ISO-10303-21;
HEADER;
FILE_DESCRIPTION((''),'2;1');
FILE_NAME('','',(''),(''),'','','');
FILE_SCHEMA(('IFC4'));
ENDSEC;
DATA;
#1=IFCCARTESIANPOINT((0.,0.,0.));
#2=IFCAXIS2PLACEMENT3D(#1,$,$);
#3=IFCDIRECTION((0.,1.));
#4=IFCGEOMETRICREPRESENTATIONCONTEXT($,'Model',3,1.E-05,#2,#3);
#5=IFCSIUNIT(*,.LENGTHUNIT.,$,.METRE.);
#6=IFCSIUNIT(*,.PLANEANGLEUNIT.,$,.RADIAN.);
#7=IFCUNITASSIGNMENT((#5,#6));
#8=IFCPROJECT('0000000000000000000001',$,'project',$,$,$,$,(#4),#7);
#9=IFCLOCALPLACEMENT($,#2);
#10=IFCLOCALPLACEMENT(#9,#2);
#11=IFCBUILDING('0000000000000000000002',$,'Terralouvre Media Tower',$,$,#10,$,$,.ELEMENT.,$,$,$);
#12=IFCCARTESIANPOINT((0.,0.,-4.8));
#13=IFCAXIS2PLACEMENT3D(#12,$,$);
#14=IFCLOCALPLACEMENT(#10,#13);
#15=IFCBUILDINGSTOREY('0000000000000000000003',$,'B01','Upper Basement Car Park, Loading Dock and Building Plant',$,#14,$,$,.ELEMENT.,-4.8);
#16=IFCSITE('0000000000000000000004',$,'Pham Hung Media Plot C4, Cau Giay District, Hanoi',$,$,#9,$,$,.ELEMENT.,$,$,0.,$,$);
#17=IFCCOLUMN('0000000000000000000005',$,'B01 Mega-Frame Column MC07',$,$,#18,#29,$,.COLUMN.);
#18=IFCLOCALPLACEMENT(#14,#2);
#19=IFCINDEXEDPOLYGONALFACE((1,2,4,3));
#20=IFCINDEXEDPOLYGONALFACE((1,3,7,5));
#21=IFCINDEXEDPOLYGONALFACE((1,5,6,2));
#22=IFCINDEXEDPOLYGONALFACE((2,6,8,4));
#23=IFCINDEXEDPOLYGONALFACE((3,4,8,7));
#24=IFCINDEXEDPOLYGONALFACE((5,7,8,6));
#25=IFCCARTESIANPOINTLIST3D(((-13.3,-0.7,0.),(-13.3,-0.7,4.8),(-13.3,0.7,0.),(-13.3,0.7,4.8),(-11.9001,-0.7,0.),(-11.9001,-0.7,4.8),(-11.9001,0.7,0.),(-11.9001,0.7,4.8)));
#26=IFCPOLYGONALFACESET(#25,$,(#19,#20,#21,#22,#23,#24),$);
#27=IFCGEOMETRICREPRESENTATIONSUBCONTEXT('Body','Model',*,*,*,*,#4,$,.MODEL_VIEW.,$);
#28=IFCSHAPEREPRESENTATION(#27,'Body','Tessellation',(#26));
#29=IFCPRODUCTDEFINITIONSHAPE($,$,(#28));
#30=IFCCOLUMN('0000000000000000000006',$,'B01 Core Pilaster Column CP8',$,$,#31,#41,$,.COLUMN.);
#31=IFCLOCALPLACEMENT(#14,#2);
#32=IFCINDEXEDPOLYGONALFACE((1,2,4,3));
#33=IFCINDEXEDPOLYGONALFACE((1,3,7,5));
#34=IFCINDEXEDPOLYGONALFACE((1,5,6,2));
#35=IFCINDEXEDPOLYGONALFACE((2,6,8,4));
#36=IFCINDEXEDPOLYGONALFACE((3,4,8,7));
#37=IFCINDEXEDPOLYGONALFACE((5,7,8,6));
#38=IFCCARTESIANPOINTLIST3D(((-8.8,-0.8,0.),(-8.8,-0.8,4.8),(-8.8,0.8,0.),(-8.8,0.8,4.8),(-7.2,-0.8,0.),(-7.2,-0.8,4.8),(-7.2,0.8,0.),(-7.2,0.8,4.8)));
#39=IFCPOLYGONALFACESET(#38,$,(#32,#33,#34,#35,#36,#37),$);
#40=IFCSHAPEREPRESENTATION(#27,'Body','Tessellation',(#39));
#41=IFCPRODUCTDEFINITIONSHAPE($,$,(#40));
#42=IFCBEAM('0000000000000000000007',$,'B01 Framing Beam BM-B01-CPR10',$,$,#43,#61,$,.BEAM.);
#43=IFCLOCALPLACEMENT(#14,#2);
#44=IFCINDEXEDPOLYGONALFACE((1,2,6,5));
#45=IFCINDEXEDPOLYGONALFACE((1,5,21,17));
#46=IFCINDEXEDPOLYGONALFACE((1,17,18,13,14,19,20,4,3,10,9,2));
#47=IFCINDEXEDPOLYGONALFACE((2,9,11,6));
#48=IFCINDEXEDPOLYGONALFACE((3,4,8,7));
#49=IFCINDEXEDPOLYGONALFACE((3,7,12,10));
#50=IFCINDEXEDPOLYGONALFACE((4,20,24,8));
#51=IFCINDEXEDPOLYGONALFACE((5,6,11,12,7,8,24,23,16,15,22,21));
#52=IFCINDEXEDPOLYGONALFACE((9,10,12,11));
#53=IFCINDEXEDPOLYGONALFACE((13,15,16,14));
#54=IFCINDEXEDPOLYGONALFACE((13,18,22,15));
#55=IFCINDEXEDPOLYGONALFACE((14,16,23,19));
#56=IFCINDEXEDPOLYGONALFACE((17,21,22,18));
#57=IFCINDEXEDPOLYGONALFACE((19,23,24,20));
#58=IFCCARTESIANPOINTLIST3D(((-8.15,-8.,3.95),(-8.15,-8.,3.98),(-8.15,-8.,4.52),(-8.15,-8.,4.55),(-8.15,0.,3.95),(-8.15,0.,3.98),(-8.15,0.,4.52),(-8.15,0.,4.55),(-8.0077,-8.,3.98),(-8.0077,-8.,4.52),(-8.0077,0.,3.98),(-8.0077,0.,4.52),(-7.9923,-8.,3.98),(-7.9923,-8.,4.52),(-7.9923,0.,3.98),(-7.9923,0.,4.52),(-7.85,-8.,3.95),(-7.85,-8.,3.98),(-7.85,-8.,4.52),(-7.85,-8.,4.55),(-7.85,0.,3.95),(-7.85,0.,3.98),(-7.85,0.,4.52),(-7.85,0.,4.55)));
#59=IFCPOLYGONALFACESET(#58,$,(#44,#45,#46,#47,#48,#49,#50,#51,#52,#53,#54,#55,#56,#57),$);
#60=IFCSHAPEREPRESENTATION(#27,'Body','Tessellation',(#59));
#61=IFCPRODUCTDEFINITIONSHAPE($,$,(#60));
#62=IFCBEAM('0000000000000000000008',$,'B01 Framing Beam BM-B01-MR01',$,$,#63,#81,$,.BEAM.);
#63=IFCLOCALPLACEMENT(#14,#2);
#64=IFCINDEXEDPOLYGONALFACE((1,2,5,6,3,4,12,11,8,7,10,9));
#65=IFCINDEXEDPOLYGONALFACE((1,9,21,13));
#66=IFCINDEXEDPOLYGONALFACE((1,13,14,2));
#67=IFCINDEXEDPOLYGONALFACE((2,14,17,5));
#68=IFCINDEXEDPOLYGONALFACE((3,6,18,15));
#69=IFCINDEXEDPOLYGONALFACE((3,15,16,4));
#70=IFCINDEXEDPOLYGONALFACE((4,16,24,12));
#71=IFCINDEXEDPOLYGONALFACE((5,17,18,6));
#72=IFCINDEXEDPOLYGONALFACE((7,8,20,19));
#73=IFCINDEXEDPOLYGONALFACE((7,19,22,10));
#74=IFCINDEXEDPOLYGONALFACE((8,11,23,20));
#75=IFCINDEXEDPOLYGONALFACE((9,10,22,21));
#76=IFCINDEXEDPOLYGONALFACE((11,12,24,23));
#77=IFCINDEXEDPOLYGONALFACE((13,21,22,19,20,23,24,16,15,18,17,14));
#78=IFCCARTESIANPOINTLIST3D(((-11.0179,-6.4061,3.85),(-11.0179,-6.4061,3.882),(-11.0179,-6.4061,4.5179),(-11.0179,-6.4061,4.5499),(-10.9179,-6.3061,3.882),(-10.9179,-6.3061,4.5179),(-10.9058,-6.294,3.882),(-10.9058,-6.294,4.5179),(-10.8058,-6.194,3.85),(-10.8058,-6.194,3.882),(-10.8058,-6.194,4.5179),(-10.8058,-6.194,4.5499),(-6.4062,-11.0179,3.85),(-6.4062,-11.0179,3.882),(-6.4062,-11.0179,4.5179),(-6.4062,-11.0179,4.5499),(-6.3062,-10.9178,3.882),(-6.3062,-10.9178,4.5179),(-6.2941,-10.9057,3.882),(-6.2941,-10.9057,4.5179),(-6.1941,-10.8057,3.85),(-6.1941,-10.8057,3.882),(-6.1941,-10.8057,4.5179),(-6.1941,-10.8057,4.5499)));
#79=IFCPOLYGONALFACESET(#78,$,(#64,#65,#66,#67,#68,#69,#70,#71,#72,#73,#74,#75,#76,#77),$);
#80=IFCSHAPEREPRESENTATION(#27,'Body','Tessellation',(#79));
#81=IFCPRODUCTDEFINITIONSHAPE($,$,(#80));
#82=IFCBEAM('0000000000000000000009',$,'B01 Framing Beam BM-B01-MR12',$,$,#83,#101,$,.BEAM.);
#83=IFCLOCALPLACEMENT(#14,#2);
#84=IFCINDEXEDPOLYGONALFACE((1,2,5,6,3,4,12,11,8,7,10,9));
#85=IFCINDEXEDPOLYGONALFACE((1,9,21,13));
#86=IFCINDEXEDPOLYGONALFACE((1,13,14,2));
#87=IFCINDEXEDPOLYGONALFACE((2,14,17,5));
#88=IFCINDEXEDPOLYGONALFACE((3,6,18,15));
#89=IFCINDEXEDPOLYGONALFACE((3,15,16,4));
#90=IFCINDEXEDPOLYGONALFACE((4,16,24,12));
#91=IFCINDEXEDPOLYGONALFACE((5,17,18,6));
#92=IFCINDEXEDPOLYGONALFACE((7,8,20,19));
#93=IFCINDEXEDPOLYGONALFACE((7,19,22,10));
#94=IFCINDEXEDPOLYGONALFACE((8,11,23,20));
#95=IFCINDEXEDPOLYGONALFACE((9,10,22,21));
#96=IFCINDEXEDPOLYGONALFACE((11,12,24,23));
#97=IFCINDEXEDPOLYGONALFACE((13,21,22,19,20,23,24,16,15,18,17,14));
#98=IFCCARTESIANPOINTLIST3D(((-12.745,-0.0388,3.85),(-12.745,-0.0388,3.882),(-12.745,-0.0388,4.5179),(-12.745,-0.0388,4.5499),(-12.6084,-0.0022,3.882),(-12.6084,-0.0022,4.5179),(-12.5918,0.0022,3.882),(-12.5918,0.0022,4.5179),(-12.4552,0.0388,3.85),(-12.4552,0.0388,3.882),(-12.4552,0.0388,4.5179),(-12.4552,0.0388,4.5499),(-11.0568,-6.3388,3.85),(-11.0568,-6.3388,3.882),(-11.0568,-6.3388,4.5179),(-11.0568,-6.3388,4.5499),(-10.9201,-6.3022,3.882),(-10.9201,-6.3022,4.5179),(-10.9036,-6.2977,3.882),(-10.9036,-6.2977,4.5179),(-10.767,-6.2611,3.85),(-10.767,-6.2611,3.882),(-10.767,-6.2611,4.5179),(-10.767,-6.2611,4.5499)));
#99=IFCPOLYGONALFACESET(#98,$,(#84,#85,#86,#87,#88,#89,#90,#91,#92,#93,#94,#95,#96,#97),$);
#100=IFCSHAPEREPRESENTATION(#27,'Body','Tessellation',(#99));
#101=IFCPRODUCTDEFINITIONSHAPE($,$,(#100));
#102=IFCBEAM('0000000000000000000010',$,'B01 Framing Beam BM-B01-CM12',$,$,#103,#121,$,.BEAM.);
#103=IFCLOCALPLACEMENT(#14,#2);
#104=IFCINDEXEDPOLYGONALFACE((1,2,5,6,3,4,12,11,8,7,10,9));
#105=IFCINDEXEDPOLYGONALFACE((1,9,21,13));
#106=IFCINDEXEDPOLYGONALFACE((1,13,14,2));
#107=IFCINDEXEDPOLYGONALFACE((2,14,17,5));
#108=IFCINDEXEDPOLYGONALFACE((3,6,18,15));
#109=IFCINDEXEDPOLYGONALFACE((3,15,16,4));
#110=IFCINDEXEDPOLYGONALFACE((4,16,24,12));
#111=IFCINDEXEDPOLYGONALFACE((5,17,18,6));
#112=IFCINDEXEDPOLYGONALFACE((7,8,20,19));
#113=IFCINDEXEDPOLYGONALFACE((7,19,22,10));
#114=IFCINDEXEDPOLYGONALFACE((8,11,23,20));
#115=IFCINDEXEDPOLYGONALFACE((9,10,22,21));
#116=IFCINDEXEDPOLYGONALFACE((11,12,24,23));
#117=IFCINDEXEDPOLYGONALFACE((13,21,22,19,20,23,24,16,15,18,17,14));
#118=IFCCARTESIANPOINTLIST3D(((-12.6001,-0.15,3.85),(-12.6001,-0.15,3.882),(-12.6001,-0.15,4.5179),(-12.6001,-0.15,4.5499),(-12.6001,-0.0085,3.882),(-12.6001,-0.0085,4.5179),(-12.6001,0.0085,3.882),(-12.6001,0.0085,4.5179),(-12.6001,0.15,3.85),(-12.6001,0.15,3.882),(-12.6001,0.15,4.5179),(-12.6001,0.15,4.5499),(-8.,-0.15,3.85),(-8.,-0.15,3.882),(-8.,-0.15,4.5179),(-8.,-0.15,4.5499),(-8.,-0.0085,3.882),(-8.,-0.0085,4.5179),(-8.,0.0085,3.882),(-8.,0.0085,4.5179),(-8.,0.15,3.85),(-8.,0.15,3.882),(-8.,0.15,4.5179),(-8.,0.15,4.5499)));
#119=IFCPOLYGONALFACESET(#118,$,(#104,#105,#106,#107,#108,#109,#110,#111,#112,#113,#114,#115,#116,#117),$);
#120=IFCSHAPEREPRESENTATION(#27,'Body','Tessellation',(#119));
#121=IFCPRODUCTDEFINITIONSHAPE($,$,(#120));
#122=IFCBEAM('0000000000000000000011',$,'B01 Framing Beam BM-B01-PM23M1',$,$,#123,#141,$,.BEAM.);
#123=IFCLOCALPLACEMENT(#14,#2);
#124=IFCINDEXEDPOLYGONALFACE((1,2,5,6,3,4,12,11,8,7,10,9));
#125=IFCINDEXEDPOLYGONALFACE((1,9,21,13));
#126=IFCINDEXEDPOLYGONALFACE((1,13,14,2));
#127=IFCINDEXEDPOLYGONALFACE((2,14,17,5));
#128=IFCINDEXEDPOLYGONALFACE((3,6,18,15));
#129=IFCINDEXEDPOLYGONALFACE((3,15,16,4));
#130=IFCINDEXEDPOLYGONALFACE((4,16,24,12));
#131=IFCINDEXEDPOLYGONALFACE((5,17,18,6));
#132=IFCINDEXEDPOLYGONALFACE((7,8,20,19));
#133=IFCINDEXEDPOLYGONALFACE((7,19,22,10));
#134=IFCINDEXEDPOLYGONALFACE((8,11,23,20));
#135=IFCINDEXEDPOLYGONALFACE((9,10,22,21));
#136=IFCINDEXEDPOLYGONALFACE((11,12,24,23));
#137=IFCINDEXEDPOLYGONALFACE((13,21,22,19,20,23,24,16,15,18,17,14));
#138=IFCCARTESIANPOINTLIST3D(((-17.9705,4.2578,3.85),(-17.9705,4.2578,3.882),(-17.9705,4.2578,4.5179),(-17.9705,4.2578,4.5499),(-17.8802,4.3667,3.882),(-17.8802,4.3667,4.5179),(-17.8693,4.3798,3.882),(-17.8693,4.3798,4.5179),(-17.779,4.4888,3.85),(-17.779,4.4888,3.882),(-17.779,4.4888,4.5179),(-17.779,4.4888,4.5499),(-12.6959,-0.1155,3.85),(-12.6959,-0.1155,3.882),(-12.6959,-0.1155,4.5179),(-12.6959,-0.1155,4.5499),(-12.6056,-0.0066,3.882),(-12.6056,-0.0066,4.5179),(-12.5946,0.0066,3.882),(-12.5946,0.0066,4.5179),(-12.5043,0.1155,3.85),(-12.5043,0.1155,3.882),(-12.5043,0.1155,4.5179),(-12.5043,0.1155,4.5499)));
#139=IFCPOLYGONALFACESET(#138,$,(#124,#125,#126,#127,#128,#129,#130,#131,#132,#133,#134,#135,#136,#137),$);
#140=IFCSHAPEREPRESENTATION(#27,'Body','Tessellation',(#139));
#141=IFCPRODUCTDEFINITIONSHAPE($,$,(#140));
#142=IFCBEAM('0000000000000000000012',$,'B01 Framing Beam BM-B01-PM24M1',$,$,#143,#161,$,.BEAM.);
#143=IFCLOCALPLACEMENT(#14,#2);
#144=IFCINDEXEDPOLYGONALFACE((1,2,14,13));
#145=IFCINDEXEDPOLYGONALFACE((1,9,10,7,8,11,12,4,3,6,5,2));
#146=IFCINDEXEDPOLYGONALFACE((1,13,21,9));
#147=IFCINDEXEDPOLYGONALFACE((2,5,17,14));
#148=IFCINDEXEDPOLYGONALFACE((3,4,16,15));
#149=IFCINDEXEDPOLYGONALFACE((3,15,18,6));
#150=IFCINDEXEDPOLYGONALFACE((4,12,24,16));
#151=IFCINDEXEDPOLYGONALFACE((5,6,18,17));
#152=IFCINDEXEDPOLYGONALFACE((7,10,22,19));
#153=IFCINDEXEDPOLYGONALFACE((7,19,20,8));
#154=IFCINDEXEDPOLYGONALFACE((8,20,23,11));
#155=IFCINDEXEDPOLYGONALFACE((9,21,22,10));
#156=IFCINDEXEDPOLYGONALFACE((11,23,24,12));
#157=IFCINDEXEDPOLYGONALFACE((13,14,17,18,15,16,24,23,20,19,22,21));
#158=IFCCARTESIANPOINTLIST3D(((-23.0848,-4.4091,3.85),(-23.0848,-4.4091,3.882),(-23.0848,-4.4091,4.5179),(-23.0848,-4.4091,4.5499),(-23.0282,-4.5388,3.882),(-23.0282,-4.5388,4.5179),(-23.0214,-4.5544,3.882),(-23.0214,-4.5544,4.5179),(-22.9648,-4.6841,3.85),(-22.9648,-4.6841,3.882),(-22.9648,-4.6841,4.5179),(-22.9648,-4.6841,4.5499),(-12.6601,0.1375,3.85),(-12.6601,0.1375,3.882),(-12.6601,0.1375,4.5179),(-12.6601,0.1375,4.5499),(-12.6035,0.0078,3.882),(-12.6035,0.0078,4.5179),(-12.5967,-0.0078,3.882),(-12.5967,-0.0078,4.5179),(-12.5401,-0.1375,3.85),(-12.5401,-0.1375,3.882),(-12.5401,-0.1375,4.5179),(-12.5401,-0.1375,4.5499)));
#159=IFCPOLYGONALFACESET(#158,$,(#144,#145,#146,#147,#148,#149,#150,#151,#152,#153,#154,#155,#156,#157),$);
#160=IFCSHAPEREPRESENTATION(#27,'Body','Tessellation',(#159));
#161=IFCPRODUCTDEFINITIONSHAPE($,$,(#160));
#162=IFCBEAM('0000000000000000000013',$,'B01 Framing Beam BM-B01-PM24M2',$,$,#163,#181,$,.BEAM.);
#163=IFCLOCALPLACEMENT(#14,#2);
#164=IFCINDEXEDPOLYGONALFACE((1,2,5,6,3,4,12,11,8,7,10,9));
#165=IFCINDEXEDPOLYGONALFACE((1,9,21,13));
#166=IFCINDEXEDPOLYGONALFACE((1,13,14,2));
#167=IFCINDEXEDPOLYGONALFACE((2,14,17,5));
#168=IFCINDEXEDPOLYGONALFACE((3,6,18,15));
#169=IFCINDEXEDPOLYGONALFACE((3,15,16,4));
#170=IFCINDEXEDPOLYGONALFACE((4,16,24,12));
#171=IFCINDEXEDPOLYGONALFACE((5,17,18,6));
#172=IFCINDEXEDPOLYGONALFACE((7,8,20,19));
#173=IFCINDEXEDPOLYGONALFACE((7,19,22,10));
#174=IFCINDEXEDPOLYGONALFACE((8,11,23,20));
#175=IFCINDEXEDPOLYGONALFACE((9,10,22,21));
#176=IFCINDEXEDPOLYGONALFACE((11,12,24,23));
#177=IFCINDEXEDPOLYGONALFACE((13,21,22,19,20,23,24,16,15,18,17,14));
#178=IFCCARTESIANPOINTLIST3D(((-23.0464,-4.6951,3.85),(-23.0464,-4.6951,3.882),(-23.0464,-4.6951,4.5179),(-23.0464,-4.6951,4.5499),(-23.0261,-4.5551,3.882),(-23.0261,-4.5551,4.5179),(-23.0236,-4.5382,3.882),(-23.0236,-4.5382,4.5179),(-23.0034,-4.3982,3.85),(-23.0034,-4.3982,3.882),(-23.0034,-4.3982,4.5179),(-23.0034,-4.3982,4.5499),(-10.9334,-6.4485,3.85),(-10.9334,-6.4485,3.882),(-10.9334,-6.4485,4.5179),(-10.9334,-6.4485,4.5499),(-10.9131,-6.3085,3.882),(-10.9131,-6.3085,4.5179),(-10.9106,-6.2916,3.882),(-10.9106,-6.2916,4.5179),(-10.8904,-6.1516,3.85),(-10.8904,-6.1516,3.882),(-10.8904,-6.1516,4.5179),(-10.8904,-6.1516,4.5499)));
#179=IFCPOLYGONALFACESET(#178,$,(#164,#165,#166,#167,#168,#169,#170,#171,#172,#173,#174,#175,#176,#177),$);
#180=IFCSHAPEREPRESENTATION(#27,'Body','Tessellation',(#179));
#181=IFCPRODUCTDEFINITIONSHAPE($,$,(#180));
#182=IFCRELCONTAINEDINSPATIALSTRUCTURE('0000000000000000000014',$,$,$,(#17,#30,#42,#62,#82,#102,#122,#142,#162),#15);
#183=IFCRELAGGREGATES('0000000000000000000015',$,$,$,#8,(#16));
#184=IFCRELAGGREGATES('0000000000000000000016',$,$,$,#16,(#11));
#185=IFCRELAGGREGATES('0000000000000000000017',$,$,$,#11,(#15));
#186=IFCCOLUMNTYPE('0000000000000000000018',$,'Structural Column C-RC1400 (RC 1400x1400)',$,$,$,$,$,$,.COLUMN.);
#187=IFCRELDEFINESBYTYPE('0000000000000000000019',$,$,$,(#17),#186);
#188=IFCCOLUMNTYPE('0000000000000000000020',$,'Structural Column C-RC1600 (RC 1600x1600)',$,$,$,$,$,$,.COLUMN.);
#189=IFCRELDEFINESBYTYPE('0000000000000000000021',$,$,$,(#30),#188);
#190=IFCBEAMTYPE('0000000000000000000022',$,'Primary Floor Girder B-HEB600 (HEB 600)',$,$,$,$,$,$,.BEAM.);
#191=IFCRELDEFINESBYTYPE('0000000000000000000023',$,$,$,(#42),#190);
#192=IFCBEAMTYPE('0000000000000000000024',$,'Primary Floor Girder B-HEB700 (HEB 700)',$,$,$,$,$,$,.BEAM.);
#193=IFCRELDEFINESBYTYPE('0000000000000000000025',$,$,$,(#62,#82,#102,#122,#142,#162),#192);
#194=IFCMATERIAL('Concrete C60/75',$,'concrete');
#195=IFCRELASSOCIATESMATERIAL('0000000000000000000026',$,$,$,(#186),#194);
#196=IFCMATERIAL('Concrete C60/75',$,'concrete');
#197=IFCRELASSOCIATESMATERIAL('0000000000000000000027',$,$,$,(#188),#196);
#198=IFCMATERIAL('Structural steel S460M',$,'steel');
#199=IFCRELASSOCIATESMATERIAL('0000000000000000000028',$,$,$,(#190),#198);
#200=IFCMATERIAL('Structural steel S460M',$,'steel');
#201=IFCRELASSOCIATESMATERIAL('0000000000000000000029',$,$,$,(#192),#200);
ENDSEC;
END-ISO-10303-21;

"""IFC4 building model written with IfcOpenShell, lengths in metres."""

from ifc_helpers import new_model, si_unit, direction, frame, origin, origin_2d, place, context, subcontext, project, spatial, rectangle, i_section, extrude, material, material_profile, profile_set, type_object, element, save


model = new_model("IFC4")

# Units and contexts
model_context = context("Model", 3, precision=1e-05, world=origin(), true_north=direction((0.0, 1.0)))
body_context = subcontext(model_context, "Body", "Model", "MODEL_VIEW")
ifc_project = project(units=[si_unit("LENGTHUNIT", "METRE"), si_unit("PLANEANGLEUNIT", "RADIAN")], contexts=[model_context])

# Site, building, storey
site_placement = place(None, origin())
site = spatial("IfcSite", under=ifc_project, at=site_placement, Name="Pham Hung Media Plot C4, Cau Giay District, Hanoi", CompositionType="ELEMENT", RefElevation=0.0)
building_placement = place(site_placement, origin())
building = spatial("IfcBuilding", under=site, at=building_placement, Name="Terralouvre Media Tower", CompositionType="ELEMENT")
storey_placement = place(building_placement, frame((0.0, 0.0, -4.8)))
storey = spatial("IfcBuildingStorey", under=building, at=storey_placement, Name="B01", Description="Upper Basement Car Park, Loading Dock and Building Plant", CompositionType="ELEMENT", Elevation=-4.8)

# Columns
ifc_material_1 = material(Name="Concrete C60/75", Category="concrete")
ifc_material_profile_1 = material_profile(ifc_material_1, rectangle(XDim=1.3999, YDim=1.3999, at=origin_2d()), Name="RC 1400x1400")
ifc_profile_set_1 = profile_set([ifc_material_profile_1], Name="Concrete C60/75")
column_type_1 = type_object("IfcColumnType", Name="Structural Column C-RC1400 (RC 1400x1400)", PredefinedType="COLUMN", material=ifc_profile_set_1)
column_1_placement = place(storey_placement, frame((-12.6001, 0.0, 0.0), z_axis=(0.0, 0.0, 1.0), x_axis=(1.0, 0.0, 0.0)))
element("IfcColumn", 1, at=column_1_placement, inside=storey, type_object=column_type_1, Name="B01 Mega-Frame Column MC07", PredefinedType="COLUMN", context=body_context, shape_type="SweptSolid", body=[
    extrude(rectangle(XDim=1.3999, YDim=1.3999, at=origin_2d()), origin(), (0.0, 0.0, 1.0), 4.8),
])
ifc_material_2 = material(Name="Concrete C60/75", Category="concrete")
ifc_material_profile_2 = material_profile(ifc_material_2, rectangle(XDim=1.6001, YDim=1.6001, at=origin_2d()), Name="RC 1600x1600")
ifc_profile_set_2 = profile_set([ifc_material_profile_2], Name="Concrete C60/75")
column_type_2 = type_object("IfcColumnType", Name="Structural Column C-RC1600 (RC 1600x1600)", PredefinedType="COLUMN", material=ifc_profile_set_2)
column_2_placement = place(storey_placement, frame((-8.0, 0.0, 0.0), z_axis=(0.0, 0.0, 1.0), x_axis=(1.0, 0.0, 0.0)))
element("IfcColumn", 2, at=column_2_placement, inside=storey, type_object=column_type_2, Name="B01 Core Pilaster Column CP8", PredefinedType="COLUMN", context=body_context, shape_type="SweptSolid", body=[
    extrude(rectangle(XDim=1.6001, YDim=1.6001, at=origin_2d()), origin(), (0.0, 0.0, 1.0), 4.8),
])

# Beams
ifc_material_3 = material(Name="Structural steel S460M", Category="steel")
ifc_material_profile_3 = material_profile(ifc_material_3, i_section(OverallWidth=0.3, OverallDepth=0.6001, WebThickness=0.0154, FlangeThickness=0.03, at=origin_2d()), Name="HEB 600")
ifc_profile_set_3 = profile_set([ifc_material_profile_3], Name="Structural steel S460M")
beam_type_1 = type_object("IfcBeamType", Name="Primary Floor Girder B-HEB600 (HEB 600)", PredefinedType="BEAM", material=ifc_profile_set_3)
beam_1_placement = place(storey_placement, frame((-8.0, 0.0, 4.25), z_axis=(0.0, -1.0, 0.0), x_axis=(1.0, 0.0, 0.0)))
element("IfcBeam", 3, at=beam_1_placement, inside=storey, type_object=beam_type_1, Name="B01 Framing Beam BM-B01-CPR10", PredefinedType="BEAM", context=body_context, shape_type="SweptSolid", body=[
    extrude(i_section(OverallWidth=0.3, OverallDepth=0.6001, WebThickness=0.0154, FlangeThickness=0.03, at=origin_2d()), origin(), (0.0, 0.0, 1.0), 8.0),
])
ifc_material_4 = material(Name="Structural steel S460M", Category="steel")
ifc_material_profile_4 = material_profile(ifc_material_4, i_section(OverallWidth=0.3, OverallDepth=0.7, WebThickness=0.0171, FlangeThickness=0.032, at=origin_2d()), Name="HEB 700")
ifc_profile_set_4 = profile_set([ifc_material_profile_4], Name="Structural steel S460M")
beam_type_2 = type_object("IfcBeamType", Name="Primary Floor Girder B-HEB700 (HEB 700)", PredefinedType="BEAM", material=ifc_profile_set_4)
beam_2_placement = place(storey_placement, frame((-10.9119, -6.3, 4.2), z_axis=(0.707107, -0.707107, 0.0), x_axis=(0.707107, 0.707107, 0.0)))
element("IfcBeam", 4, at=beam_2_placement, inside=storey, type_object=beam_type_2, Name="B01 Framing Beam BM-B01-MR01", PredefinedType="BEAM", context=body_context, shape_type="SweptSolid", body=[
    extrude(i_section(OverallWidth=0.3, OverallDepth=0.7, WebThickness=0.0171, FlangeThickness=0.032, at=origin_2d()), origin(), (0.0, 0.0, 1.0), 6.522),
])
beam_3_placement = place(storey_placement, frame((-12.6001, 0.0, 4.2), z_axis=(0.258839, -0.96592, 0.0), x_axis=(0.96592, 0.258839, 0.0)))
element("IfcBeam", 5, at=beam_3_placement, inside=storey, type_object=beam_type_2, Name="B01 Framing Beam BM-B01-MR12", PredefinedType="BEAM", context=body_context, shape_type="SweptSolid", body=[
    extrude(i_section(OverallWidth=0.3, OverallDepth=0.7, WebThickness=0.0171, FlangeThickness=0.032, at=origin_2d()), origin(), (0.0, 0.0, 1.0), 6.5222),
])
beam_4_placement = place(storey_placement, frame((-8.0, 0.0, 4.2), z_axis=(-1.0, 0.0, 0.0), x_axis=(0.0, -1.0, 0.0)))
element("IfcBeam", 6, at=beam_4_placement, inside=storey, type_object=beam_type_2, Name="B01 Framing Beam BM-B01-CM12", PredefinedType="BEAM", context=body_context, shape_type="SweptSolid", body=[
    extrude(i_section(OverallWidth=0.3, OverallDepth=0.7, WebThickness=0.0171, FlangeThickness=0.032, at=origin_2d()), origin(), (0.0, 0.0, 1.0), 4.6001),
])
beam_5_placement = place(storey_placement, frame((-12.6001, 0.0, 4.2), z_axis=(-0.769816, 0.638265, 0.0), x_axis=(-0.638265, -0.769816, 0.0)))
element("IfcBeam", 7, at=beam_5_placement, inside=storey, type_object=beam_type_2, Name="B01 Framing Beam BM-B01-PM23M1", PredefinedType="BEAM", context=body_context, shape_type="SweptSolid", body=[
    extrude(i_section(OverallWidth=0.3, OverallDepth=0.7, WebThickness=0.0171, FlangeThickness=0.032, at=origin_2d()), origin(), (0.0, 0.0, 1.0), 6.8518),
])
beam_6_placement = place(storey_placement, frame((-12.6001, 0.0, 4.2), z_axis=(-0.916616, -0.399769, 0.0), x_axis=(0.399769, -0.916616, 0.0)))
element("IfcBeam", 8, at=beam_6_placement, inside=storey, type_object=beam_type_2, Name="B01 Framing Beam BM-B01-PM24M1", PredefinedType="BEAM", context=body_context, shape_type="SweptSolid", body=[
    extrude(i_section(OverallWidth=0.3, OverallDepth=0.7, WebThickness=0.0171, FlangeThickness=0.032, at=origin_2d()), origin(), (0.0, 0.0, 1.0), 11.373),
])
beam_7_placement = place(storey_placement, frame((-10.9119, -6.3, 4.2), z_axis=(-0.989685, 0.143261, 0.0), x_axis=(-0.143261, -0.989685, 0.0)))
element("IfcBeam", 9, at=beam_7_placement, inside=storey, type_object=beam_type_2, Name="B01 Framing Beam BM-B01-PM24M2", PredefinedType="BEAM", context=body_context, shape_type="SweptSolid", body=[
    extrude(i_section(OverallWidth=0.3, OverallDepth=0.7, WebThickness=0.0171, FlangeThickness=0.032, at=origin_2d()), origin(), (0.0, 0.0, 1.0), 12.2393),
])

save(model, "model.ifc")
